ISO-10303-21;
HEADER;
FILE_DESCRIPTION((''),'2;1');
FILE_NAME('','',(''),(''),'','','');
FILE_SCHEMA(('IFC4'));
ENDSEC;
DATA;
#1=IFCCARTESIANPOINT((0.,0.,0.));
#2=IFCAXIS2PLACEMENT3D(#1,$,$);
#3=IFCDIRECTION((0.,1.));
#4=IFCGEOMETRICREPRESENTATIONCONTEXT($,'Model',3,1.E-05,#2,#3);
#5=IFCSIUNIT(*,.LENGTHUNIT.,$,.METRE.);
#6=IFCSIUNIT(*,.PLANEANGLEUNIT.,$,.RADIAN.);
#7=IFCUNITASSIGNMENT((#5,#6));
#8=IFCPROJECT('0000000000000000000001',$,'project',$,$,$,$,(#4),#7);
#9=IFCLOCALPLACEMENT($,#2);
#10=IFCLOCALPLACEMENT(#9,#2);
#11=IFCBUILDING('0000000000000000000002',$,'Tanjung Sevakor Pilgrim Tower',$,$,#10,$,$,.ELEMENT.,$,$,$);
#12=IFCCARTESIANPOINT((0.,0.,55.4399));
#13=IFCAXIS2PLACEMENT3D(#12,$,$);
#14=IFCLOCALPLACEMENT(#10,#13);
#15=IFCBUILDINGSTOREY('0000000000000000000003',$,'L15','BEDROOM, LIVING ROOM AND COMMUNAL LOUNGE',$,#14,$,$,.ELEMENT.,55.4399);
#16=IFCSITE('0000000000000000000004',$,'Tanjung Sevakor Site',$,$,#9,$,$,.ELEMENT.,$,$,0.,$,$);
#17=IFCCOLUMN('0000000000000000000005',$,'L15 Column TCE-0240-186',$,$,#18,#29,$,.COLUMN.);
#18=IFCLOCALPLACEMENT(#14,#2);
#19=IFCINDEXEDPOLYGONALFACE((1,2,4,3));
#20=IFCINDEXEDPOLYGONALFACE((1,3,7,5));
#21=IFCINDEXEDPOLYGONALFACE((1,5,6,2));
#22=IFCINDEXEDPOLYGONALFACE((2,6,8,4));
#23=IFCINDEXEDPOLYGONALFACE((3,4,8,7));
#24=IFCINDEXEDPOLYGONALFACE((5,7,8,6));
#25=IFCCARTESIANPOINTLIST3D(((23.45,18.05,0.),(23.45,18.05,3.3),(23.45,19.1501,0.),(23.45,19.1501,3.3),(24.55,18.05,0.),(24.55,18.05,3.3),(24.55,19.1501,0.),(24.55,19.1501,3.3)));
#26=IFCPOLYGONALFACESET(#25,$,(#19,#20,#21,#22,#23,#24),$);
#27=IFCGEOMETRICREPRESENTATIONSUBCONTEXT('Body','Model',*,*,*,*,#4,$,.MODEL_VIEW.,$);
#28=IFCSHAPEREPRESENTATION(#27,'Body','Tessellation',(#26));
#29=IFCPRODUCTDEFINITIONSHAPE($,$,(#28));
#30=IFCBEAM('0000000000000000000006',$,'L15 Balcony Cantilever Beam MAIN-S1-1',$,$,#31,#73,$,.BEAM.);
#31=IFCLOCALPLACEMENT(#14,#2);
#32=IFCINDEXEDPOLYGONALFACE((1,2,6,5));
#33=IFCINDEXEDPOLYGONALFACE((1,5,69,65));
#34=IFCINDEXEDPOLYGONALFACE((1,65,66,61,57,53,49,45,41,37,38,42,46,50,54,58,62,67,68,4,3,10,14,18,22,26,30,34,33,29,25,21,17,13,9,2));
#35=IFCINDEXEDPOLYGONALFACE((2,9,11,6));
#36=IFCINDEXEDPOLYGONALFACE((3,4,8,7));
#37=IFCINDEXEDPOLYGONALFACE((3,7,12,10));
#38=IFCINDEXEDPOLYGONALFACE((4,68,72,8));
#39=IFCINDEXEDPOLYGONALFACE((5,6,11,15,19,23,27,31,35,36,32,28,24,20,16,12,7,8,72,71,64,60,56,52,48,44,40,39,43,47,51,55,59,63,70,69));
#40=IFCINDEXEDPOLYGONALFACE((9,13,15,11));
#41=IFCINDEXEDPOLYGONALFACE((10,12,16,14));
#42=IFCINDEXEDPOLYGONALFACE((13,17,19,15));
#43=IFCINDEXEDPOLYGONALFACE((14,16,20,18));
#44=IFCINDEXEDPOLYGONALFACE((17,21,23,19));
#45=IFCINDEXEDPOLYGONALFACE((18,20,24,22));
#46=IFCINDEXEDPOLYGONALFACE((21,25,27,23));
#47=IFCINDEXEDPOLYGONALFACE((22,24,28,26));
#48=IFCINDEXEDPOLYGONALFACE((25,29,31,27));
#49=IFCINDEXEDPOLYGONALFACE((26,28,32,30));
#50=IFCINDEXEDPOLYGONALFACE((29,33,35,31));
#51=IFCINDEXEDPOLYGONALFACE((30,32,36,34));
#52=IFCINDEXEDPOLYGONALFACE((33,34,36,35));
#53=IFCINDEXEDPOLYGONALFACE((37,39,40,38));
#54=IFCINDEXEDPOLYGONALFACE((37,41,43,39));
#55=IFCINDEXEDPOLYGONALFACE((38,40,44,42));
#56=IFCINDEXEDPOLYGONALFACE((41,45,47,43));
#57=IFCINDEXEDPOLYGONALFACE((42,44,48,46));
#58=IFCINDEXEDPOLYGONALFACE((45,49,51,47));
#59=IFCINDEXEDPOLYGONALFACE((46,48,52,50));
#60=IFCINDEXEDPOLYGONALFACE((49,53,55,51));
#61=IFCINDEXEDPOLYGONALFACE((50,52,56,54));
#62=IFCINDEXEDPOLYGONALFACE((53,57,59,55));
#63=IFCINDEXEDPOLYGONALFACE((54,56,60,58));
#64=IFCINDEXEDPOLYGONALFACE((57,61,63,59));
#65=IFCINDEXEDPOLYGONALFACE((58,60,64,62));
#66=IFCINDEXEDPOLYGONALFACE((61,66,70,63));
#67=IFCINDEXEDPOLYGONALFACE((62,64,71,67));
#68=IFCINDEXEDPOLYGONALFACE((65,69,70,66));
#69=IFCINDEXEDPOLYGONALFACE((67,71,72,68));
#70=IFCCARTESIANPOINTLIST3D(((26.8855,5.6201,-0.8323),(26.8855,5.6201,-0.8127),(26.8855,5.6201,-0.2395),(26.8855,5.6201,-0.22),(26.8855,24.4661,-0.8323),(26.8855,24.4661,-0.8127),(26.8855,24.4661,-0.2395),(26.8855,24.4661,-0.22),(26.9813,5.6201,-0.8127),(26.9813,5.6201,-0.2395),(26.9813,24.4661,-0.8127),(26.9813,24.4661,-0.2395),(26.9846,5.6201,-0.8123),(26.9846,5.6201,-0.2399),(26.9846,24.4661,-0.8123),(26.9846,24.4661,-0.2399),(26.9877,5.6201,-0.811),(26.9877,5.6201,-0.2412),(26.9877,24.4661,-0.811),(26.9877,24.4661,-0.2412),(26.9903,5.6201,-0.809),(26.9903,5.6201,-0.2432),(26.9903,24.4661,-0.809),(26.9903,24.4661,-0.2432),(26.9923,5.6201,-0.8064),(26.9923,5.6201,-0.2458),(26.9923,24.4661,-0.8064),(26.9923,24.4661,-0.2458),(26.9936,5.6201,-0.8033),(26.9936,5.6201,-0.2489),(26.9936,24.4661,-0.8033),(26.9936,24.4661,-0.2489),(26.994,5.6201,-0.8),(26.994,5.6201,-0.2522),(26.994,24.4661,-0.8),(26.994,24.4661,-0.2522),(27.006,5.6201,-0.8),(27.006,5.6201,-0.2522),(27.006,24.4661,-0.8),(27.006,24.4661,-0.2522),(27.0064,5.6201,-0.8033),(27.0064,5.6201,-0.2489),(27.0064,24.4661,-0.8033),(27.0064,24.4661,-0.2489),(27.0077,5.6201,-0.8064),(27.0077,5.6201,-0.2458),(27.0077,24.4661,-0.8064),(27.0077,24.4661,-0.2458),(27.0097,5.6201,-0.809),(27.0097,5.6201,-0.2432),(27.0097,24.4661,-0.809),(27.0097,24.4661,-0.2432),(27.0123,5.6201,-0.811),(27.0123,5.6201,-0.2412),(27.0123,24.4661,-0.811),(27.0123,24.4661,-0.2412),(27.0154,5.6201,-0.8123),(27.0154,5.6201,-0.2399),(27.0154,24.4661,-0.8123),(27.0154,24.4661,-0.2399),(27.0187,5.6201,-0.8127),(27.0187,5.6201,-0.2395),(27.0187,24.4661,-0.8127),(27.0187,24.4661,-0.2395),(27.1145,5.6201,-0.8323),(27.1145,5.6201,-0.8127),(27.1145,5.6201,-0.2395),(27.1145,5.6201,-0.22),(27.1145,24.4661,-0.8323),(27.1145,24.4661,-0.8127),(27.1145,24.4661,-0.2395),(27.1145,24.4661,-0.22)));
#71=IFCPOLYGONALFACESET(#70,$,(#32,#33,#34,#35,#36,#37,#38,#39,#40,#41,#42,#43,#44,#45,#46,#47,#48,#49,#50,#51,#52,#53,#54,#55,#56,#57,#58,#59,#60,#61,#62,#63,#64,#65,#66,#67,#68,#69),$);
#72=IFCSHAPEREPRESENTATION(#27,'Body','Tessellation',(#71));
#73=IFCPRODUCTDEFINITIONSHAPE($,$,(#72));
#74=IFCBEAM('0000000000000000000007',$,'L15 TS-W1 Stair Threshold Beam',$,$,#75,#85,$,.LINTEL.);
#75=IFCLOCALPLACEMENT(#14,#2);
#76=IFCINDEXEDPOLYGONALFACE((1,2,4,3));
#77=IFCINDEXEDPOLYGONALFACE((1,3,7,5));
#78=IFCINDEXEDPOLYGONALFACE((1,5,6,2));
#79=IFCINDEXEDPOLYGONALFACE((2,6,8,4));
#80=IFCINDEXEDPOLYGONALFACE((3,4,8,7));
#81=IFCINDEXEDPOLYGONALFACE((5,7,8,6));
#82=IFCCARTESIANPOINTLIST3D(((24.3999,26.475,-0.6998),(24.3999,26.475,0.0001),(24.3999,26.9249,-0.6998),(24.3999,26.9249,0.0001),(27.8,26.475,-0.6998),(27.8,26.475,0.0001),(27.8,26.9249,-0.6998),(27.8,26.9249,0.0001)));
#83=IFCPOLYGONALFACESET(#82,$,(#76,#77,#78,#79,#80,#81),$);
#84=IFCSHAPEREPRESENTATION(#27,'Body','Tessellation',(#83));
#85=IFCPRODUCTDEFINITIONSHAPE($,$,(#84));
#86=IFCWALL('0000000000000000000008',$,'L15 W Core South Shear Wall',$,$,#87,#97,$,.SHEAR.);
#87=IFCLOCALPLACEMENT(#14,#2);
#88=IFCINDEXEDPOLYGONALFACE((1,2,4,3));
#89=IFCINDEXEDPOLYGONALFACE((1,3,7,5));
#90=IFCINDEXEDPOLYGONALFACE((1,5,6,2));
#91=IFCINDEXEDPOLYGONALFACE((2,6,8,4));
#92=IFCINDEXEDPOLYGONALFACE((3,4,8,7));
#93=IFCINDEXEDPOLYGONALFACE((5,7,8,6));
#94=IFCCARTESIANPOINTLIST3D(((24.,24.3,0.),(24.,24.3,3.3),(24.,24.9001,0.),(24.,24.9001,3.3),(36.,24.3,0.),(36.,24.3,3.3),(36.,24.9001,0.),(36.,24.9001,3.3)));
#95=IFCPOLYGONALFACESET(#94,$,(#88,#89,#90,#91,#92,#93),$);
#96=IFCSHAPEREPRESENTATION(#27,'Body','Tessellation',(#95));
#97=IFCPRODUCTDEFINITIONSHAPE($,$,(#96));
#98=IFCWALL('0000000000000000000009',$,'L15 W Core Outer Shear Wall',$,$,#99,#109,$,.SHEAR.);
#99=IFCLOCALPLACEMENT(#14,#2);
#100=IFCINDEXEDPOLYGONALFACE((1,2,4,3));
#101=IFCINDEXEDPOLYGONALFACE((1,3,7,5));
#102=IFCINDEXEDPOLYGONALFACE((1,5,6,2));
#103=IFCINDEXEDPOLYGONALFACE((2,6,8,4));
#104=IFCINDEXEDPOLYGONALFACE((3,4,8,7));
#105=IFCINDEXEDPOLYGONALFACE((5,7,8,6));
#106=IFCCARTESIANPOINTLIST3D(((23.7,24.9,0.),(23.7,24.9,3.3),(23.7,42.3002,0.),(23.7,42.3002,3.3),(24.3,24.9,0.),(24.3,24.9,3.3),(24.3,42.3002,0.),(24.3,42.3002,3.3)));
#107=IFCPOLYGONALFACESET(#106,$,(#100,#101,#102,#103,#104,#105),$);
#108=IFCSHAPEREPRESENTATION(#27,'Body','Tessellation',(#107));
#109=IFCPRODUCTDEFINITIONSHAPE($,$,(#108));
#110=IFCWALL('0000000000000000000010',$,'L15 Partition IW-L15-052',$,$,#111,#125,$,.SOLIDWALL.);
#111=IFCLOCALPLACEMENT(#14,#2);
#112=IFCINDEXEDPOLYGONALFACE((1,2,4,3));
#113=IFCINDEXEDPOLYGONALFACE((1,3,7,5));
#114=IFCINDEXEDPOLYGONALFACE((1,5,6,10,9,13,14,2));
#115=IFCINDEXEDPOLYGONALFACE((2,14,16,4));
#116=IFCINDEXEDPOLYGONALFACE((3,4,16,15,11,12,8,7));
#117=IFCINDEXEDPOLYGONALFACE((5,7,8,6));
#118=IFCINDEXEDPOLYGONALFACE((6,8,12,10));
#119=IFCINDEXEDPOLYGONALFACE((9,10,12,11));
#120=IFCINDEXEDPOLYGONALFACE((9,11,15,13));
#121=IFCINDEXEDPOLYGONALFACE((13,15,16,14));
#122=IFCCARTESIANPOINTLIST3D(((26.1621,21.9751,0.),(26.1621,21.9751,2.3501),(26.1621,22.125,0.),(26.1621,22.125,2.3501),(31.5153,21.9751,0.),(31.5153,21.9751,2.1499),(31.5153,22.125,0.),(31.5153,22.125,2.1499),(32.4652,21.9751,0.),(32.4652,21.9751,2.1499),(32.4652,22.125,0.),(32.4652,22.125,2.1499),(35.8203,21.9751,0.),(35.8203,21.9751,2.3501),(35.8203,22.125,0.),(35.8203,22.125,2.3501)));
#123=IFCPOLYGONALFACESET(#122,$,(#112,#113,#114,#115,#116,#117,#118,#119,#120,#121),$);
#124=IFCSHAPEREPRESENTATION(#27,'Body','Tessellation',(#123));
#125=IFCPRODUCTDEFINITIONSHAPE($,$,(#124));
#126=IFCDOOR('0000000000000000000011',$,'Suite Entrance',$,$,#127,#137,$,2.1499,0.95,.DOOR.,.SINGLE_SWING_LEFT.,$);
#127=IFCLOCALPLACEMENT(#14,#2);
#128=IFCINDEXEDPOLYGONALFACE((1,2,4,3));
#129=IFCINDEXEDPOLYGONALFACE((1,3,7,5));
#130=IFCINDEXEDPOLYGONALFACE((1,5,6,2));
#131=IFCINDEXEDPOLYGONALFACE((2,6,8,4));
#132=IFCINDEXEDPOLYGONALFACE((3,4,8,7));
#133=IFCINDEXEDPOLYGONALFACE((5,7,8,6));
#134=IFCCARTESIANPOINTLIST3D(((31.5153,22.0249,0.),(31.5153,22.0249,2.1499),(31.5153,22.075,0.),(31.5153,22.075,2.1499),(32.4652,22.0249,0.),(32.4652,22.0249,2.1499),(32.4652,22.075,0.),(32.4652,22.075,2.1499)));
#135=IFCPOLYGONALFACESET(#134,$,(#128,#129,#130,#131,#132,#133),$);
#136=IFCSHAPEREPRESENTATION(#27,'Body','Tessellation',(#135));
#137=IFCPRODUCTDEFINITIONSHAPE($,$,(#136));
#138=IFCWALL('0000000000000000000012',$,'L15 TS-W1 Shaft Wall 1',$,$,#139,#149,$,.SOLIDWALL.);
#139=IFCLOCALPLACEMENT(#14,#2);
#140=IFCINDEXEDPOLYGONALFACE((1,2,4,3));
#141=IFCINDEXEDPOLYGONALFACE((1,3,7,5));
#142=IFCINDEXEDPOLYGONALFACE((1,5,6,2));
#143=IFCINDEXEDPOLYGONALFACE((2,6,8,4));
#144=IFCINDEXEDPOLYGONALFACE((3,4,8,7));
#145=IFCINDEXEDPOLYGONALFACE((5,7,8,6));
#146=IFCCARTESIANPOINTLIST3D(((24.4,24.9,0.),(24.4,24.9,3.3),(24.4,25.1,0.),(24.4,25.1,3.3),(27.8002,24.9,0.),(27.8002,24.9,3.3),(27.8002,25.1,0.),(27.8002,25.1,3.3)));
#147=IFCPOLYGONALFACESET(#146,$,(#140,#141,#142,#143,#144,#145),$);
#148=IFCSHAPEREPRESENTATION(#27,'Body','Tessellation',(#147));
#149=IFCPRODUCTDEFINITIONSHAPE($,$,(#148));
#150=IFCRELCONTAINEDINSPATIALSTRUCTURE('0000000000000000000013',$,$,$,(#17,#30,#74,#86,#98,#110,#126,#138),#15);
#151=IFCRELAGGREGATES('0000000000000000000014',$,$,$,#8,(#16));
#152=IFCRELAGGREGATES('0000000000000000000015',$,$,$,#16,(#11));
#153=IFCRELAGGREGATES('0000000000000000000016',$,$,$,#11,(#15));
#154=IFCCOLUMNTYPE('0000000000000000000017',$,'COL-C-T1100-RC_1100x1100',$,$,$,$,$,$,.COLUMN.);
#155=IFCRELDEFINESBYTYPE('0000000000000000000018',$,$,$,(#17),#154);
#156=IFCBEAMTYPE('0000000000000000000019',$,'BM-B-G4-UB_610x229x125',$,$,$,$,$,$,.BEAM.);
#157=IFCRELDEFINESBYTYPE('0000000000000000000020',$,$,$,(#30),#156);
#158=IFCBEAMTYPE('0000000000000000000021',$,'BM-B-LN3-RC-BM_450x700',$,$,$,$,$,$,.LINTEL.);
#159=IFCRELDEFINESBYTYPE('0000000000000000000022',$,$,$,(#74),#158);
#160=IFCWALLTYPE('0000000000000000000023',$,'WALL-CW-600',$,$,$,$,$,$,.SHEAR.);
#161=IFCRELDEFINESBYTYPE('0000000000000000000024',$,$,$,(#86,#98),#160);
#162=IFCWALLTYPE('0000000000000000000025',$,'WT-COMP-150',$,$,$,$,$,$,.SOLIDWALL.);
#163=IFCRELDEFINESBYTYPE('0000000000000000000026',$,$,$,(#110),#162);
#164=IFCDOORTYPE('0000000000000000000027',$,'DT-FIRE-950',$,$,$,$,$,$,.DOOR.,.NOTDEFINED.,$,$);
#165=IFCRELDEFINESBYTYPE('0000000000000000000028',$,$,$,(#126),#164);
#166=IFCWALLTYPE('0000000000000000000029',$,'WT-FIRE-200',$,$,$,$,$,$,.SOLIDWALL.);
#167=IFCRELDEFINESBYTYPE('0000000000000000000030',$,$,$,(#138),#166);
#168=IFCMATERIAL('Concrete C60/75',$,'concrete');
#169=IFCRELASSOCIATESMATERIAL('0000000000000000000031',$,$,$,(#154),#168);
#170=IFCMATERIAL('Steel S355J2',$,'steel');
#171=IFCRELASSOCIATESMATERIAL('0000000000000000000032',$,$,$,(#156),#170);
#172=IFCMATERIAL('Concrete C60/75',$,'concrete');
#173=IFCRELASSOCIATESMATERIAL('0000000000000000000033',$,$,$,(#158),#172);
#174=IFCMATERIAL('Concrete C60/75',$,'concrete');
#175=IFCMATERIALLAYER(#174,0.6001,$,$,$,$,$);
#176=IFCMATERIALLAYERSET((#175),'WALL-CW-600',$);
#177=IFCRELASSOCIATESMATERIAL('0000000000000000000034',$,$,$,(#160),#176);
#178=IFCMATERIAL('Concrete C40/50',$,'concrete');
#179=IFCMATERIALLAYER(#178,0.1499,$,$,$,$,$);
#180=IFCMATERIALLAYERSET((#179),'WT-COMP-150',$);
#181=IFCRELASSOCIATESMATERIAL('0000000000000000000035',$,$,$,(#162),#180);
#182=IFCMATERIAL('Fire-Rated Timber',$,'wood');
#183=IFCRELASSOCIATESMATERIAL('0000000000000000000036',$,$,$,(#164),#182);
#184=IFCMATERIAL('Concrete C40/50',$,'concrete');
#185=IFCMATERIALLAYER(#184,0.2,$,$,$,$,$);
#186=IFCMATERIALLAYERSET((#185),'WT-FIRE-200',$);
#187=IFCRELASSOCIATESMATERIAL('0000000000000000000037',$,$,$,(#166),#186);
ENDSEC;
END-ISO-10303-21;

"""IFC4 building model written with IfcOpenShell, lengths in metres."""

from ifc_helpers import new_model, si_unit, direction, frame, frame_2d, origin, origin_2d, place, context, subcontext, project, spatial, rectangle, i_section, extrude, material, layer, layer_set, material_profile, profile_set, type_object, element, fill, save


model = new_model("IFC4")

# Units and contexts
model_context = context("Model", 3, precision=1e-05, world=origin(), true_north=direction((0.0, 1.0)))
body_context = subcontext(model_context, "Body", "Model", "MODEL_VIEW")
ifc_project = project(units=[si_unit("LENGTHUNIT", "METRE"), si_unit("PLANEANGLEUNIT", "RADIAN")], contexts=[model_context])

# Site, building, storey
site_placement = place(None, origin())
site = spatial("IfcSite", under=ifc_project, at=site_placement, Name="Tanjung Sevakor Site", CompositionType="ELEMENT", RefElevation=0.0)
building_placement = place(site_placement, origin())
building = spatial("IfcBuilding", under=site, at=building_placement, Name="Tanjung Sevakor Pilgrim Tower", CompositionType="ELEMENT")
storey_placement = place(building_placement, frame((0.0, 0.0, 55.4399)))
storey = spatial("IfcBuildingStorey", under=building, at=storey_placement, Name="L15", Description="BEDROOM, LIVING ROOM AND COMMUNAL LOUNGE", CompositionType="ELEMENT", Elevation=55.4399)

# Column
ifc_material_1 = material(Name="Concrete C60/75", Category="concrete")
ifc_material_profile_1 = material_profile(ifc_material_1, rectangle(XDim=1.1001, YDim=1.1001, at=origin_2d()))
ifc_profile_set_1 = profile_set([ifc_material_profile_1], Name="Concrete C60/75")
column_type = type_object("IfcColumnType", Name="COL-C-T1100-RC_1100x1100", PredefinedType="COLUMN", material=ifc_profile_set_1)
column_placement = place(storey_placement, frame((24.0, 18.6001, 0.0), z_axis=(0.0, 0.0, 1.0), x_axis=(1.0, 0.0, 0.0)))
element("IfcColumn", 1, at=column_placement, inside=storey, type_object=column_type, Name="L15 Column TCE-0240-186", PredefinedType="COLUMN", context=body_context, shape_type="SweptSolid", body=[
    extrude(rectangle(XDim=1.1001, YDim=1.1001, at=origin_2d()), origin(), (0.0, 0.0, 1.0), 3.3),
])

# Beams
ifc_material_2 = material(Name="Steel S355J2", Category="steel")
ifc_material_profile_2 = material_profile(ifc_material_2, i_section(OverallWidth=0.229, OverallDepth=0.6123, WebThickness=0.012, FlangeThickness=0.0195, FilletRadius=0.0127, at=origin_2d()))
ifc_profile_set_2 = profile_set([ifc_material_profile_2], Name="Steel S355J2")
beam_type_1 = type_object("IfcBeamType", Name="BM-B-G4-UB_610x229x125", PredefinedType="BEAM", material=ifc_profile_set_2)
beam_1_placement = place(storey_placement, frame((27.0, 24.4661, -0.5261), z_axis=(0.0, -1.0, 0.0), x_axis=(1.0, 0.0, 0.0)))
element("IfcBeam", 2, at=beam_1_placement, inside=storey, type_object=beam_type_1, Name="L15 Balcony Cantilever Beam MAIN-S1-1", PredefinedType="BEAM", context=body_context, shape_type="SweptSolid", body=[
    extrude(i_section(OverallWidth=0.229, OverallDepth=0.6123, WebThickness=0.012, FlangeThickness=0.0195, FilletRadius=0.0127, at=origin_2d()), origin(), (0.0, 0.0, 1.0), 18.8459),
])
ifc_material_3 = material(Name="Concrete C60/75", Category="concrete")
ifc_material_profile_3 = material_profile(ifc_material_3, rectangle(XDim=0.45, YDim=0.7, at=origin_2d()))
ifc_profile_set_3 = profile_set([ifc_material_profile_3], Name="Concrete C60/75")
beam_type_2 = type_object("IfcBeamType", Name="BM-B-LN3-RC-BM_450x700", PredefinedType="LINTEL", material=ifc_profile_set_3)
beam_2_placement = place(storey_placement, frame((24.3999, 26.7, -0.3499), z_axis=(1.0, 0.0, 0.0), x_axis=(0.0, 1.0, 0.0)))
element("IfcBeam", 3, at=beam_2_placement, inside=storey, type_object=beam_type_2, Name="L15 TS-W1 Stair Threshold Beam", PredefinedType="LINTEL", context=body_context, shape_type="SweptSolid", body=[
    extrude(rectangle(XDim=0.45, YDim=0.7, at=origin_2d()), origin(), (0.0, 0.0, 1.0), 3.4001),
])

# Walls
ifc_material_4 = material(Name="Concrete C60/75", Category="concrete")
ifc_layer_1 = layer(ifc_material_4, 0.6001)
ifc_layer_set_1 = layer_set([ifc_layer_1], Name="WALL-CW-600")
wall_type_1 = type_object("IfcWallType", Name="WALL-CW-600", PredefinedType="SHEAR", material=ifc_layer_set_1)
wall_1_placement = place(storey_placement, frame((24.0, 24.6001, 0.0), z_axis=(0.0, 0.0, 1.0), x_axis=(1.0, 0.0, 0.0)))
element("IfcWall", 4, at=wall_1_placement, inside=storey, type_object=wall_type_1, Name="L15 W Core South Shear Wall", PredefinedType="SHEAR", context=body_context, shape_type="SweptSolid", body=[
    extrude(rectangle(XDim=12.0, YDim=0.6001, at=frame_2d((6.0, 0.0))), origin(), (0.0, 0.0, 1.0), 3.3),
])
wall_2_placement = place(storey_placement, frame((24.0, 24.8999, 0.0), z_axis=(0.0, 0.0, 1.0), x_axis=(0.0, 1.0, 0.0)))
element("IfcWall", 5, at=wall_2_placement, inside=storey, type_object=wall_type_1, Name="L15 W Core Outer Shear Wall", PredefinedType="SHEAR", context=body_context, shape_type="SweptSolid", body=[
    extrude(rectangle(XDim=17.4001, YDim=0.6001, at=frame_2d((8.7002, 0.0))), origin(), (0.0, 0.0, 1.0), 3.3),
])

# Wall, opening, door
ifc_material_5 = material(Name="Concrete C40/50", Category="concrete")
ifc_layer_2 = layer(ifc_material_5, 0.1499)
ifc_layer_set_2 = layer_set([ifc_layer_2], Name="WT-COMP-150")
wall_type_2 = type_object("IfcWallType", Name="WT-COMP-150", PredefinedType="SOLIDWALL", material=ifc_layer_set_2)
wall_3_placement = place(storey_placement, frame((26.1621, 22.05, 0.0), z_axis=(0.0, 0.0, 1.0), x_axis=(1.0, 0.0, 0.0)))
wall_3 = element("IfcWall", 6, at=wall_3_placement, inside=storey, type_object=wall_type_2, Name="L15 Partition IW-L15-052", PredefinedType="SOLIDWALL", context=body_context, shape_type="SweptSolid", body=[
    extrude(rectangle(XDim=9.6582, YDim=0.1499, at=frame_2d((4.8291, 0.0))), origin(), (0.0, 0.0, 1.0), 2.3501),
])
opening_1_placement = place(wall_3_placement, frame((5.353, 0.0, 0.0)))
opening_1 = element("IfcOpeningElement", 7, at=opening_1_placement, cuts=wall_3, PredefinedType="OPENING", context=body_context, shape_type="SweptSolid", body=[
    extrude(rectangle(XDim=0.95, YDim=2.1499, at=frame_2d((0.4751, 1.075))), frame((0.0, 0.085, 0.0), z_axis=(0.0, -1.0, 0.0), x_axis=(1.0, 0.0, 0.0)), (0.0, 0.0, 1.0), 0.1699),
])
ifc_material_6 = material(Name="Fire-Rated Timber", Category="wood")
door_type_1 = type_object("IfcDoorType", Name="DT-FIRE-950", OperationType="NOTDEFINED", PredefinedType="DOOR", material=ifc_material_6)
door_1_placement = place(opening_1_placement, origin())
door_1 = element("IfcDoor", 8, at=door_1_placement, inside=storey, type_object=door_type_1, Name="Suite Entrance", OperationType="SINGLE_SWING_LEFT", OverallHeight=2.1499, OverallWidth=0.95, PredefinedType="DOOR", context=body_context, shape_type="SweptSolid", body=[
    extrude(rectangle(XDim=0.95, YDim=2.1499, at=frame_2d((0.4751, 1.075))), frame((0.0, 0.0249, 0.0), z_axis=(0.0, -1.0, 0.0), x_axis=(1.0, 0.0, 0.0)), (0.0, 0.0, 1.0), 0.05),
])
fill(opening_1, door_1)

# Wall
ifc_material_7 = material(Name="Concrete C40/50", Category="concrete")
ifc_layer_3 = layer(ifc_material_7, 0.2)
ifc_layer_set_3 = layer_set([ifc_layer_3], Name="WT-FIRE-200")
wall_type_3 = type_object("IfcWallType", Name="WT-FIRE-200", PredefinedType="SOLIDWALL", material=ifc_layer_set_3)
wall_4_placement = place(storey_placement, frame((24.3999, 25.0, 0.0), z_axis=(0.0, 0.0, 1.0), x_axis=(1.0, 0.0, 0.0)))
element("IfcWall", 9, at=wall_4_placement, inside=storey, type_object=wall_type_3, Name="L15 TS-W1 Shaft Wall 1", PredefinedType="SOLIDWALL", context=body_context, shape_type="SweptSolid", body=[
    extrude(rectangle(XDim=3.4001, YDim=0.2, at=frame_2d((1.7002, 0.0))), origin(), (0.0, 0.0, 1.0), 3.3),
])

save(model, "model.ifc")
